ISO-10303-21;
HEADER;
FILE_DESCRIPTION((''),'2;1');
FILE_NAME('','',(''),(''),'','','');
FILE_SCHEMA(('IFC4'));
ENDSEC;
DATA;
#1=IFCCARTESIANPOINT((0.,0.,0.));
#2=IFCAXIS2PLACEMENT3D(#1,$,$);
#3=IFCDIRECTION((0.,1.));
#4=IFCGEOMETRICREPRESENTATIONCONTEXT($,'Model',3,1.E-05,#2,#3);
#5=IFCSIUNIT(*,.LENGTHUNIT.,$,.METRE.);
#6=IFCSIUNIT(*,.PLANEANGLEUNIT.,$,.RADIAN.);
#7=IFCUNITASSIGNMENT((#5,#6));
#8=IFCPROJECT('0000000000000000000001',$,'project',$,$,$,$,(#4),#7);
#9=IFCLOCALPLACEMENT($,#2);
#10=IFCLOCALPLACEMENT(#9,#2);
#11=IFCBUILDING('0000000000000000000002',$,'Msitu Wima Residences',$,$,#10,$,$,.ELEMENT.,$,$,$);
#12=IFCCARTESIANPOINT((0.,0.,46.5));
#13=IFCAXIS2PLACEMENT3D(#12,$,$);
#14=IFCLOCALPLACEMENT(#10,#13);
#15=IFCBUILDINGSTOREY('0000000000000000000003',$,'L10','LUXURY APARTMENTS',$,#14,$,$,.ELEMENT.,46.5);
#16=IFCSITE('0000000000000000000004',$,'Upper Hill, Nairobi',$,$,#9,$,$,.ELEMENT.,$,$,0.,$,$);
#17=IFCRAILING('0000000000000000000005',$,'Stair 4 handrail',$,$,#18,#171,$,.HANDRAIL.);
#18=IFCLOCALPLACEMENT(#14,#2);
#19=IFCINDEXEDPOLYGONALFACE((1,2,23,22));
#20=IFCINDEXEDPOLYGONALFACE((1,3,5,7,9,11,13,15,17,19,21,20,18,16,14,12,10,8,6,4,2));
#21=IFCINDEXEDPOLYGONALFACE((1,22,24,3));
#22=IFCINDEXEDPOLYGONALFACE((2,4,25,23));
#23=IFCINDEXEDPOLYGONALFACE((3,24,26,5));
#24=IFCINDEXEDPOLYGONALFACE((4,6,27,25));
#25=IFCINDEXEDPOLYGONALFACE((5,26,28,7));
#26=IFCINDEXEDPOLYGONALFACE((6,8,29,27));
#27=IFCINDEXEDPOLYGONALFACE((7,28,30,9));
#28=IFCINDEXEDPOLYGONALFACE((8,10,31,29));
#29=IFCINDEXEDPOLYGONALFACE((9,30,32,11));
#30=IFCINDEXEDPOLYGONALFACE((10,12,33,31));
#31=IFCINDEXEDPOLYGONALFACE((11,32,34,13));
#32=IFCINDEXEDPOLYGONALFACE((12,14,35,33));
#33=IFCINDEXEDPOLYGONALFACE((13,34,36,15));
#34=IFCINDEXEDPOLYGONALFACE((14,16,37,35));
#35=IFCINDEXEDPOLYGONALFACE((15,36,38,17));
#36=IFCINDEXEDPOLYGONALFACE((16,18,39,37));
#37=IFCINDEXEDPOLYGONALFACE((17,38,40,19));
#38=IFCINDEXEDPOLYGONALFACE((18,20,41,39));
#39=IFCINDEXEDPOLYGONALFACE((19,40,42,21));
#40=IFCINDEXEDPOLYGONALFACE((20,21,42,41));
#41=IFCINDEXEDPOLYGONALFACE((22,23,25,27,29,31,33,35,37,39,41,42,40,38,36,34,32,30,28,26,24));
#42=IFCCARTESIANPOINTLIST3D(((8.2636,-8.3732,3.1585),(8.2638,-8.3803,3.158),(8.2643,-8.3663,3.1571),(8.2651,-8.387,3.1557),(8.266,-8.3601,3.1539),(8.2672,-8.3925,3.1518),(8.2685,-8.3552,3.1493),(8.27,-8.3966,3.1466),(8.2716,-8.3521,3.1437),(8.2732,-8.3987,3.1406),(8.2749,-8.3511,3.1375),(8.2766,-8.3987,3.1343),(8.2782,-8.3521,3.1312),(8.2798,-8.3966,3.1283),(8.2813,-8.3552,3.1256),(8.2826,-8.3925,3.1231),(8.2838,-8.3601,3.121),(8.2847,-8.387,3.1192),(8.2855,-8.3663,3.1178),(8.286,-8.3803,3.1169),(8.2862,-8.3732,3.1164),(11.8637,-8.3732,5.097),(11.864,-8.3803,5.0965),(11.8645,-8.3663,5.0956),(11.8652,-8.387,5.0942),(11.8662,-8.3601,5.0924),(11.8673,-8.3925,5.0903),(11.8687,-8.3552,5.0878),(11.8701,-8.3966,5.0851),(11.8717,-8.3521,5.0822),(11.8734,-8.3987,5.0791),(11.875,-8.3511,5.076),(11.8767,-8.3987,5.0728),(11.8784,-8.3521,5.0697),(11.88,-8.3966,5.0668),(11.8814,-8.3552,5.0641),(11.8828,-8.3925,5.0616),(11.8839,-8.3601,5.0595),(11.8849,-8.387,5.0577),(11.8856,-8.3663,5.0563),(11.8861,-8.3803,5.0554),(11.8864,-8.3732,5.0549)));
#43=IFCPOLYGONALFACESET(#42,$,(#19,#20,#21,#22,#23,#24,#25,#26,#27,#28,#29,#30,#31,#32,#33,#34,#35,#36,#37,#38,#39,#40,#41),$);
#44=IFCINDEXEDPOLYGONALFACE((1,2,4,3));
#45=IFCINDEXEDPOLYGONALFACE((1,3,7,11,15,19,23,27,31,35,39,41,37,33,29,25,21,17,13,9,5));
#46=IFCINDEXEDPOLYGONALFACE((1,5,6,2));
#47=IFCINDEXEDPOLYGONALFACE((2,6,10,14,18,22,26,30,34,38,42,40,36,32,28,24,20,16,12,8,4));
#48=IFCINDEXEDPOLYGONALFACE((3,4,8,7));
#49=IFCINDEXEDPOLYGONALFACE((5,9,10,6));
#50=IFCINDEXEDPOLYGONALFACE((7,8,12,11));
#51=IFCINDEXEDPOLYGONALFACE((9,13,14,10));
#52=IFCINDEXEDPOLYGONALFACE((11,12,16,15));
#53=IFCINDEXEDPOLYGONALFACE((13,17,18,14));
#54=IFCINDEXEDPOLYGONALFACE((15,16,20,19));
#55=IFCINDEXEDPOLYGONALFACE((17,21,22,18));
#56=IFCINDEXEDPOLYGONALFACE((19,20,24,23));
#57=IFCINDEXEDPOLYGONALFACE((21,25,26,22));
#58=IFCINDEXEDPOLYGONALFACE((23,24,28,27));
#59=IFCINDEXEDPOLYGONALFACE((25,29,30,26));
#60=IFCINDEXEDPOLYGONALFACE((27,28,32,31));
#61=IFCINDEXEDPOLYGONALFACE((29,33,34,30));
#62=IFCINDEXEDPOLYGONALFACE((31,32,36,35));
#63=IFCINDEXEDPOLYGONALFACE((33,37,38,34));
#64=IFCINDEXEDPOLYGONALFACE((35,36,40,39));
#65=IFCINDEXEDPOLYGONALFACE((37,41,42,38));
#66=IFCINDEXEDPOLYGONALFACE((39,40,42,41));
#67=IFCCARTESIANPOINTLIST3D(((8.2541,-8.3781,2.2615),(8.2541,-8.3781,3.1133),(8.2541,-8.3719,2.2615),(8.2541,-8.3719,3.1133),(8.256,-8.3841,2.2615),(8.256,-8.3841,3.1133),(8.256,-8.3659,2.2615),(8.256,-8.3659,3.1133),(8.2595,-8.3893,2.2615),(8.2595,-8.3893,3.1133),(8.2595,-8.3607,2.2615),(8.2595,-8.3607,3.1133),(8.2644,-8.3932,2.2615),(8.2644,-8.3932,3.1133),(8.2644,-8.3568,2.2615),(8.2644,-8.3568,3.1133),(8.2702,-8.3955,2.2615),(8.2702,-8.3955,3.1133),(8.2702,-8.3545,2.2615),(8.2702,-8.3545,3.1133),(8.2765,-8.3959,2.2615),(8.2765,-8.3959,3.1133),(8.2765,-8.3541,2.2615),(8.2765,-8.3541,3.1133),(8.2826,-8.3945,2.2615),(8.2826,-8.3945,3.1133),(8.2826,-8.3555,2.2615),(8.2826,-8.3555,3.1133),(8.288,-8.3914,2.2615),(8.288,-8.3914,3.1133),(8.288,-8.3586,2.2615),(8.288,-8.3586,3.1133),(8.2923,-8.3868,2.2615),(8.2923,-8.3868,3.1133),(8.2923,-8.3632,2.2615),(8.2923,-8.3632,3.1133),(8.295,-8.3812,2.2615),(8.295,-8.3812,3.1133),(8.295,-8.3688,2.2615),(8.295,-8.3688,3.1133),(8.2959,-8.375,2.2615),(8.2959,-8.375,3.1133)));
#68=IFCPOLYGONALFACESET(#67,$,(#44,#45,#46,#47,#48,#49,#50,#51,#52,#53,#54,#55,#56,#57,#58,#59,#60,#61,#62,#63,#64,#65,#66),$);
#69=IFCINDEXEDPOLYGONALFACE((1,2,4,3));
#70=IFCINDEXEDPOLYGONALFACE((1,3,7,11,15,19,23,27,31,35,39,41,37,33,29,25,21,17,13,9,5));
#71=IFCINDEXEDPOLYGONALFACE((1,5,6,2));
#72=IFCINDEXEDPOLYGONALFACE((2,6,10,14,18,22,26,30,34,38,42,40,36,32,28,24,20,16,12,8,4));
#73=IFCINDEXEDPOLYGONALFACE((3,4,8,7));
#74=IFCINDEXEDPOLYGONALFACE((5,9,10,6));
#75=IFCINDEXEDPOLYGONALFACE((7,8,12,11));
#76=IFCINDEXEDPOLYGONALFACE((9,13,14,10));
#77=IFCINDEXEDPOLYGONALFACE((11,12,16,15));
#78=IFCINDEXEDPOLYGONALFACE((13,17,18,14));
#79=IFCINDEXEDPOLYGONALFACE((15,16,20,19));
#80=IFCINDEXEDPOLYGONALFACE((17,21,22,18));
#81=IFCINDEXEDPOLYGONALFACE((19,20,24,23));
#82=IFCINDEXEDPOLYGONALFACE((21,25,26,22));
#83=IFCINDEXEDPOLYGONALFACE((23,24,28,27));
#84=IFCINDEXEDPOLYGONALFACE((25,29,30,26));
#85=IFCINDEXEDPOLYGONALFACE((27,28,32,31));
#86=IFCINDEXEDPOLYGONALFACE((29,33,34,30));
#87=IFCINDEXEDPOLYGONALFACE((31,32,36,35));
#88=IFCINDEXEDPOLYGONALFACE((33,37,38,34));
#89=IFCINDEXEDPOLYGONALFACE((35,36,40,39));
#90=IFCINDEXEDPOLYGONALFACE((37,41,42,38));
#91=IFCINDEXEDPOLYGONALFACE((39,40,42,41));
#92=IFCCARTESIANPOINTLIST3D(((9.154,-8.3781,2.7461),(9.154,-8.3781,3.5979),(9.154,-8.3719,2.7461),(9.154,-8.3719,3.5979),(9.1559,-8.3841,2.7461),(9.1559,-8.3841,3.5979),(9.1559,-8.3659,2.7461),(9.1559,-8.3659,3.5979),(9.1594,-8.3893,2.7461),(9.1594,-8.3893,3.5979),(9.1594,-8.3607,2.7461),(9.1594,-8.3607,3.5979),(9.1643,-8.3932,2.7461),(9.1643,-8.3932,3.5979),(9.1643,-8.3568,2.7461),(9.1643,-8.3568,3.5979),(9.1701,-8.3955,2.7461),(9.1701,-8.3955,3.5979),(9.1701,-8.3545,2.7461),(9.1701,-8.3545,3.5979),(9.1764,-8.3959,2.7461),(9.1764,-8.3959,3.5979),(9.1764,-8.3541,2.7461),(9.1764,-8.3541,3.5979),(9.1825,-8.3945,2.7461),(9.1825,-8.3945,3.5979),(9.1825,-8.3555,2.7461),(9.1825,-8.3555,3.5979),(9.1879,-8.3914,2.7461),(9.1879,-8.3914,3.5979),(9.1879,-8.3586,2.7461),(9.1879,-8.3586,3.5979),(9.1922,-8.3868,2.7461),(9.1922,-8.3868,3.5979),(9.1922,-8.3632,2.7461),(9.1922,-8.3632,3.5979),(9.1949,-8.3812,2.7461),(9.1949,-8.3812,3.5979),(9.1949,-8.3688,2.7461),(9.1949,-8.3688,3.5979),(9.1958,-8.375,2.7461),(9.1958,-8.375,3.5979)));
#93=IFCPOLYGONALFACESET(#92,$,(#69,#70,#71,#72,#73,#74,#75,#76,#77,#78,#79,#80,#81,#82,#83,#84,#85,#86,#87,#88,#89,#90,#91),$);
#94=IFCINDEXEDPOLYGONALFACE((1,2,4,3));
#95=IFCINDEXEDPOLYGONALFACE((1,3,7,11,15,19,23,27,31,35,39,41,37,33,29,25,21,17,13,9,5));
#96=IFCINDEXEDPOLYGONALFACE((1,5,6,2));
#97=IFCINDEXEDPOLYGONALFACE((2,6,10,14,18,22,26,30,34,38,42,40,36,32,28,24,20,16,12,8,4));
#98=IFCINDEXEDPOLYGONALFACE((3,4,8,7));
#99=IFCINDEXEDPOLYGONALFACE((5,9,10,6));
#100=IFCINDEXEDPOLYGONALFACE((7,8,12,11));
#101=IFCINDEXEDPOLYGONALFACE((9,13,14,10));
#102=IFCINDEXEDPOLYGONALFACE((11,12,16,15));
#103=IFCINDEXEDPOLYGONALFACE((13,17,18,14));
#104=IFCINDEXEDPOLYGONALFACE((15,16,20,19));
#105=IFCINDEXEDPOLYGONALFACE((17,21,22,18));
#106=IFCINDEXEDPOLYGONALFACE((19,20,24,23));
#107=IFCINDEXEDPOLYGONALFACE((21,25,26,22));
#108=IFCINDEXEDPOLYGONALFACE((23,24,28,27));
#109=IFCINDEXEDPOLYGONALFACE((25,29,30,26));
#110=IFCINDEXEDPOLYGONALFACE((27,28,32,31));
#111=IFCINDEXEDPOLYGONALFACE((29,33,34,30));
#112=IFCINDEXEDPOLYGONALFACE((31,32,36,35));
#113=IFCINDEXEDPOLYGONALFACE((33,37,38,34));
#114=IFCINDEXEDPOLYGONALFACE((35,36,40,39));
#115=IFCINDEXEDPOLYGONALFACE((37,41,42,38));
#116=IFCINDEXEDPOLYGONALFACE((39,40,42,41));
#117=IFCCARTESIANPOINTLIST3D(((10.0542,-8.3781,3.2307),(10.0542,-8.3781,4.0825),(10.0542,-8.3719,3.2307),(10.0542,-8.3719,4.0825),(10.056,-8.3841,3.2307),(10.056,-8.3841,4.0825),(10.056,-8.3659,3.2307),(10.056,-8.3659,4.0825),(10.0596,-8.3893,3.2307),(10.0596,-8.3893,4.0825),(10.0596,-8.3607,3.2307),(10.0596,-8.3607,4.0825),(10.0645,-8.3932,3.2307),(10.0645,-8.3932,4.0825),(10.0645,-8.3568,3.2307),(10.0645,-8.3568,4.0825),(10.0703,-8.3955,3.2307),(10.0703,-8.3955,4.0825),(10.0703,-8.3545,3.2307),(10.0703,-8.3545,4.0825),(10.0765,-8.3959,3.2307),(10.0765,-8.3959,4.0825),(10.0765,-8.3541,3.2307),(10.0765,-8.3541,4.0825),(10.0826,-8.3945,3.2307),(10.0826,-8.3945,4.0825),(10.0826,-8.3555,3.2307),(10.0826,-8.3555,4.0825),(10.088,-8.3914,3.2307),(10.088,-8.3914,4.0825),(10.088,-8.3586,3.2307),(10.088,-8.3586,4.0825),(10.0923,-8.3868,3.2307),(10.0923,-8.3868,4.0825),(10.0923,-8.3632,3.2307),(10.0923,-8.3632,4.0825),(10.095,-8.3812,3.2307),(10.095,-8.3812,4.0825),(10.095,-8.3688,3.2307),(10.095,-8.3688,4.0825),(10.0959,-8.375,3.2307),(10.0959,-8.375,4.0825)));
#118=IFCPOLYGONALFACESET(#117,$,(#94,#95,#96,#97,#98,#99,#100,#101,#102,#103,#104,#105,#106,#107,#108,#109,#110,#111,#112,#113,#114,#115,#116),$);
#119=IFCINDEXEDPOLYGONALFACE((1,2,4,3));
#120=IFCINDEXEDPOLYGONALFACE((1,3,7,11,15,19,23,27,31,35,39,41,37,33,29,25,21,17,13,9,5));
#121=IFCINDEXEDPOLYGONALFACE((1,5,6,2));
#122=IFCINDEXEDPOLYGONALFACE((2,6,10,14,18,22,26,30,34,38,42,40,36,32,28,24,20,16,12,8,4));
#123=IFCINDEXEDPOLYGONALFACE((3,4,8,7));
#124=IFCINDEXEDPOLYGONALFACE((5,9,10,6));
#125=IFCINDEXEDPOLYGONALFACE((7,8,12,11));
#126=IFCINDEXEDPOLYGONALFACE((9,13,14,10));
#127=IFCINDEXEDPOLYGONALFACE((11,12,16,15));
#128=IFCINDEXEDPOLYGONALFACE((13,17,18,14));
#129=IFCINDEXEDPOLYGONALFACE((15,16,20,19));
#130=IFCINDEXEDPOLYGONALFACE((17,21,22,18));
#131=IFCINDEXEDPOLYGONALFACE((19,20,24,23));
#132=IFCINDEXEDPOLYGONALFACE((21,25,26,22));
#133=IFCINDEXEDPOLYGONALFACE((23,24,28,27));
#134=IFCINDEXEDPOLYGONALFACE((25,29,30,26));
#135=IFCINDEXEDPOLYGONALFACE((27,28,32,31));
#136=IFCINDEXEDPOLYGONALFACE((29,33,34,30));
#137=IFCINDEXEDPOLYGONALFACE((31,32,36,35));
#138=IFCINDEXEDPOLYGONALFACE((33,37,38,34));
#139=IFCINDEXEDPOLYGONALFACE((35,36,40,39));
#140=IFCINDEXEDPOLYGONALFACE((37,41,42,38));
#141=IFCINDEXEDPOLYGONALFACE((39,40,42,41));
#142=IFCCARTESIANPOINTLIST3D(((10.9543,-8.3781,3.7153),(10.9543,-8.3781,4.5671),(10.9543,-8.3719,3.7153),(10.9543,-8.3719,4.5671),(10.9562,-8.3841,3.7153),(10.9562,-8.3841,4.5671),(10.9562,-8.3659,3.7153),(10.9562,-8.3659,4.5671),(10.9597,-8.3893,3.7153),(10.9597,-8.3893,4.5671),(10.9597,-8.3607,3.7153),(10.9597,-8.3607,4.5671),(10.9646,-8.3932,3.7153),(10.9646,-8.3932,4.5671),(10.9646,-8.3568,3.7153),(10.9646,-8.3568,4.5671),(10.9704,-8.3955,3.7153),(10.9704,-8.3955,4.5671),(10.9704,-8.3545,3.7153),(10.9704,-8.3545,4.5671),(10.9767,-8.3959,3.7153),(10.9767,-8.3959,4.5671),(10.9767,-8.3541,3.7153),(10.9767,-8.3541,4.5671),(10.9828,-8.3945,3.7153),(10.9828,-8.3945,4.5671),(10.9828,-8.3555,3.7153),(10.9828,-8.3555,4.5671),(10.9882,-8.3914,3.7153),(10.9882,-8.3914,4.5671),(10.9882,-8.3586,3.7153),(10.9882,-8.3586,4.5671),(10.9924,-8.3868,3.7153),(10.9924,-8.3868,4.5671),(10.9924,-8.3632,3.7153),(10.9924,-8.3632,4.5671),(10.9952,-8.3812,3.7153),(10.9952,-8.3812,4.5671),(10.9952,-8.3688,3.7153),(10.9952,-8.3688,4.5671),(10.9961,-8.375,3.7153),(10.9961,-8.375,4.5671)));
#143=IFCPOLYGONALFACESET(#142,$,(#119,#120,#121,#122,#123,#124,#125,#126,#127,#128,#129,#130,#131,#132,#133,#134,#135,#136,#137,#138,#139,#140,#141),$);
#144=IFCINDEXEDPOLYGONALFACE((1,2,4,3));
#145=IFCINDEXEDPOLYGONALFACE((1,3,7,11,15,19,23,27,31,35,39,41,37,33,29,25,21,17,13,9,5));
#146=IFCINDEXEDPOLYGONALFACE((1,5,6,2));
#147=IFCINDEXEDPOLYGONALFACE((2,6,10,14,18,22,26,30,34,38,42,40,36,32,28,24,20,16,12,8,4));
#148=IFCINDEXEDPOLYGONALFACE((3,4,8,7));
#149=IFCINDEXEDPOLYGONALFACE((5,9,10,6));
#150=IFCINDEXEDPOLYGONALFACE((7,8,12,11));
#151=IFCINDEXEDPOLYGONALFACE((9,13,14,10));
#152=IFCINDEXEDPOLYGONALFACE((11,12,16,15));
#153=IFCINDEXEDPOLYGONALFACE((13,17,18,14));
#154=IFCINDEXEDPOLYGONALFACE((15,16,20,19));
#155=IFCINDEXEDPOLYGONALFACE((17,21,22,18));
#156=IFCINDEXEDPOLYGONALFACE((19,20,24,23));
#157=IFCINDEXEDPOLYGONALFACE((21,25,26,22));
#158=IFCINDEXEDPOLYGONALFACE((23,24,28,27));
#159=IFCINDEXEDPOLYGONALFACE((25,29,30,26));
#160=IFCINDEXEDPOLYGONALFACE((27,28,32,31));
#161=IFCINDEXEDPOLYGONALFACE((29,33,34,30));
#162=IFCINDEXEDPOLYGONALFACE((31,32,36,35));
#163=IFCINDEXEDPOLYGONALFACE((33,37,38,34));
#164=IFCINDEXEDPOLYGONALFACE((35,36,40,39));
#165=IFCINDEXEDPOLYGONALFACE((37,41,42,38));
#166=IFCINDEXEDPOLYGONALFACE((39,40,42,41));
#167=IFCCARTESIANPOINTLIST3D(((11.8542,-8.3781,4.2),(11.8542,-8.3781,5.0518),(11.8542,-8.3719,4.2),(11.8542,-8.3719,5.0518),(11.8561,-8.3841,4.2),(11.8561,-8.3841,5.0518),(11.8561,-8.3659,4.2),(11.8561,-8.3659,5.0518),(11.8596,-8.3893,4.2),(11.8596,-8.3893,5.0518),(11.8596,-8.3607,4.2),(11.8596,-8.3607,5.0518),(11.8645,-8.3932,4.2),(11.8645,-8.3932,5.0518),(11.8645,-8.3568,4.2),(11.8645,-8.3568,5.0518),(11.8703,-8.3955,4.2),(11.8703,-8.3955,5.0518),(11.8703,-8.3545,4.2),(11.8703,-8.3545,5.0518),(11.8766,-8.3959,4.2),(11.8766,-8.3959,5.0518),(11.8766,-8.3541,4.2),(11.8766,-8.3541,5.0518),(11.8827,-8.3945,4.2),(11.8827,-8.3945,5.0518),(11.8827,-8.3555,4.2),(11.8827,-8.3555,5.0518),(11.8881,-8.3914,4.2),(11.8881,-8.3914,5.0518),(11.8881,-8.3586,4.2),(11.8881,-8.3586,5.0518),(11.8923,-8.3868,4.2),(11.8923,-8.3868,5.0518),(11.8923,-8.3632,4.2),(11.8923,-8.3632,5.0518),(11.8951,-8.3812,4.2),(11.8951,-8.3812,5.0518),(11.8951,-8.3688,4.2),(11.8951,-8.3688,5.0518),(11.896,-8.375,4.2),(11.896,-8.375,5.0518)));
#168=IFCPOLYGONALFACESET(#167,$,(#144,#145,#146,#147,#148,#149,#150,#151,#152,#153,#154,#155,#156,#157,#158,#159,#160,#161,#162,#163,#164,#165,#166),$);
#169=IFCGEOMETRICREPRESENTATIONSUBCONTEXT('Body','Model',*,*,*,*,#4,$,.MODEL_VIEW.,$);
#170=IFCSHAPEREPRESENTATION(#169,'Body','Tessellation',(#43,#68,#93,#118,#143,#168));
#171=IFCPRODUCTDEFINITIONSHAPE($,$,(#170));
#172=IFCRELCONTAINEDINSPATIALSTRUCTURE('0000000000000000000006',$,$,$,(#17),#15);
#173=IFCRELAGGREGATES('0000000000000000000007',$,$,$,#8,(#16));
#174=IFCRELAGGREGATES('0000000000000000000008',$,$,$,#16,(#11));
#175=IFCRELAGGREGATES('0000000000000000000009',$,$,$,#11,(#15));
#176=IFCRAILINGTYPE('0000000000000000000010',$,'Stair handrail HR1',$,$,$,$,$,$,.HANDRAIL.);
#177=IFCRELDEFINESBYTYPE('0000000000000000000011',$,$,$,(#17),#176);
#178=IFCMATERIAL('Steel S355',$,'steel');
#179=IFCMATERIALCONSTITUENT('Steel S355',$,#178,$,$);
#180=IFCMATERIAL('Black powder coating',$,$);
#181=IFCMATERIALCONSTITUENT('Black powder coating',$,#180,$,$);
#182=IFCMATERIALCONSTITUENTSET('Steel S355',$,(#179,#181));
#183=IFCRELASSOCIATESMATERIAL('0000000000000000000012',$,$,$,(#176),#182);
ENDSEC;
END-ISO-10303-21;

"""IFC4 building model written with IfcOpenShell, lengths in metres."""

from ifc_helpers import new_model, si_unit, direction, frame, origin, origin_2d, place, context, subcontext, project, spatial, circle, extrude, material, constituent, constituent_set, type_object, element, save


model = new_model("IFC4")

# Units and contexts
model_context = context("Model", 3, precision=1e-05, world=origin(), true_north=direction((0.0, 1.0)))
body_context = subcontext(model_context, "Body", "Model", "MODEL_VIEW")
ifc_project = project(units=[si_unit("LENGTHUNIT", "METRE"), si_unit("PLANEANGLEUNIT", "RADIAN")], contexts=[model_context])

# Site, building, storey
site_placement = place(None, origin())
site = spatial("IfcSite", under=ifc_project, at=site_placement, Name="Upper Hill, Nairobi", CompositionType="ELEMENT", RefElevation=0.0)
building_placement = place(site_placement, origin())
building = spatial("IfcBuilding", under=site, at=building_placement, Name="Msitu Wima Residences", CompositionType="ELEMENT")
storey_placement = place(building_placement, frame((0.0, 0.0, 46.5)))
storey = spatial("IfcBuildingStorey", under=building, at=storey_placement, Name="L10", Description="LUXURY APARTMENTS", CompositionType="ELEMENT", Elevation=46.5)

# Railing
ifc_material_1 = material(Name="Steel S355", Category="steel")
ifc_constituent_1 = constituent(ifc_material_1, Name="Steel S355")
ifc_material_2 = material(Name="Black powder coating")
ifc_constituent_2 = constituent(ifc_material_2, Name="Black powder coating")
ifc_constituent_set = constituent_set(constituents=[ifc_constituent_1, ifc_constituent_2], Name="Steel S355")
railing_type = type_object("IfcRailingType", Name="Stair handrail HR1", PredefinedType="HANDRAIL", material=ifc_constituent_set)
for number, where, name in (
    (1, (8.2749, -8.375, 2.2615), "Stair 4 handrail"),
):
    element("IfcRailing", number, at=place(storey_placement, frame(where)), inside=storey, type_object=railing_type, Name=name, PredefinedType="HANDRAIL", context=body_context, shape_type="SweptSolid", body=[
        extrude(circle(Radius=0.0239, at=origin_2d()), frame((0.0, 0.0, 0.876), z_axis=(0.880475, 0.0, 0.474093), x_axis=(0.0, 1.0, 0.0)), (0.0, 0.0, 1.0), 4.0889),
        extrude(circle(Radius=0.021, at=origin_2d()), origin(), (0.0, 0.0, 1.0), 0.8518),
        extrude(circle(Radius=0.021, at=origin_2d()), frame((0.8999, 0.0, 0.4846)), (0.0, 0.0, 1.0), 0.8518),
        extrude(circle(Radius=0.021, at=origin_2d()), frame((1.8, 0.0, 0.9692)), (0.0, 0.0, 1.0), 0.8518),
        extrude(circle(Radius=0.021, at=origin_2d()), frame((2.7002, 0.0, 1.4539)), (0.0, 0.0, 1.0), 0.8518),
        extrude(circle(Radius=0.021, at=origin_2d()), frame((3.6001, 0.0, 1.9385)), (0.0, 0.0, 1.0), 0.8518),
    ])

save(model, "model.ifc")
